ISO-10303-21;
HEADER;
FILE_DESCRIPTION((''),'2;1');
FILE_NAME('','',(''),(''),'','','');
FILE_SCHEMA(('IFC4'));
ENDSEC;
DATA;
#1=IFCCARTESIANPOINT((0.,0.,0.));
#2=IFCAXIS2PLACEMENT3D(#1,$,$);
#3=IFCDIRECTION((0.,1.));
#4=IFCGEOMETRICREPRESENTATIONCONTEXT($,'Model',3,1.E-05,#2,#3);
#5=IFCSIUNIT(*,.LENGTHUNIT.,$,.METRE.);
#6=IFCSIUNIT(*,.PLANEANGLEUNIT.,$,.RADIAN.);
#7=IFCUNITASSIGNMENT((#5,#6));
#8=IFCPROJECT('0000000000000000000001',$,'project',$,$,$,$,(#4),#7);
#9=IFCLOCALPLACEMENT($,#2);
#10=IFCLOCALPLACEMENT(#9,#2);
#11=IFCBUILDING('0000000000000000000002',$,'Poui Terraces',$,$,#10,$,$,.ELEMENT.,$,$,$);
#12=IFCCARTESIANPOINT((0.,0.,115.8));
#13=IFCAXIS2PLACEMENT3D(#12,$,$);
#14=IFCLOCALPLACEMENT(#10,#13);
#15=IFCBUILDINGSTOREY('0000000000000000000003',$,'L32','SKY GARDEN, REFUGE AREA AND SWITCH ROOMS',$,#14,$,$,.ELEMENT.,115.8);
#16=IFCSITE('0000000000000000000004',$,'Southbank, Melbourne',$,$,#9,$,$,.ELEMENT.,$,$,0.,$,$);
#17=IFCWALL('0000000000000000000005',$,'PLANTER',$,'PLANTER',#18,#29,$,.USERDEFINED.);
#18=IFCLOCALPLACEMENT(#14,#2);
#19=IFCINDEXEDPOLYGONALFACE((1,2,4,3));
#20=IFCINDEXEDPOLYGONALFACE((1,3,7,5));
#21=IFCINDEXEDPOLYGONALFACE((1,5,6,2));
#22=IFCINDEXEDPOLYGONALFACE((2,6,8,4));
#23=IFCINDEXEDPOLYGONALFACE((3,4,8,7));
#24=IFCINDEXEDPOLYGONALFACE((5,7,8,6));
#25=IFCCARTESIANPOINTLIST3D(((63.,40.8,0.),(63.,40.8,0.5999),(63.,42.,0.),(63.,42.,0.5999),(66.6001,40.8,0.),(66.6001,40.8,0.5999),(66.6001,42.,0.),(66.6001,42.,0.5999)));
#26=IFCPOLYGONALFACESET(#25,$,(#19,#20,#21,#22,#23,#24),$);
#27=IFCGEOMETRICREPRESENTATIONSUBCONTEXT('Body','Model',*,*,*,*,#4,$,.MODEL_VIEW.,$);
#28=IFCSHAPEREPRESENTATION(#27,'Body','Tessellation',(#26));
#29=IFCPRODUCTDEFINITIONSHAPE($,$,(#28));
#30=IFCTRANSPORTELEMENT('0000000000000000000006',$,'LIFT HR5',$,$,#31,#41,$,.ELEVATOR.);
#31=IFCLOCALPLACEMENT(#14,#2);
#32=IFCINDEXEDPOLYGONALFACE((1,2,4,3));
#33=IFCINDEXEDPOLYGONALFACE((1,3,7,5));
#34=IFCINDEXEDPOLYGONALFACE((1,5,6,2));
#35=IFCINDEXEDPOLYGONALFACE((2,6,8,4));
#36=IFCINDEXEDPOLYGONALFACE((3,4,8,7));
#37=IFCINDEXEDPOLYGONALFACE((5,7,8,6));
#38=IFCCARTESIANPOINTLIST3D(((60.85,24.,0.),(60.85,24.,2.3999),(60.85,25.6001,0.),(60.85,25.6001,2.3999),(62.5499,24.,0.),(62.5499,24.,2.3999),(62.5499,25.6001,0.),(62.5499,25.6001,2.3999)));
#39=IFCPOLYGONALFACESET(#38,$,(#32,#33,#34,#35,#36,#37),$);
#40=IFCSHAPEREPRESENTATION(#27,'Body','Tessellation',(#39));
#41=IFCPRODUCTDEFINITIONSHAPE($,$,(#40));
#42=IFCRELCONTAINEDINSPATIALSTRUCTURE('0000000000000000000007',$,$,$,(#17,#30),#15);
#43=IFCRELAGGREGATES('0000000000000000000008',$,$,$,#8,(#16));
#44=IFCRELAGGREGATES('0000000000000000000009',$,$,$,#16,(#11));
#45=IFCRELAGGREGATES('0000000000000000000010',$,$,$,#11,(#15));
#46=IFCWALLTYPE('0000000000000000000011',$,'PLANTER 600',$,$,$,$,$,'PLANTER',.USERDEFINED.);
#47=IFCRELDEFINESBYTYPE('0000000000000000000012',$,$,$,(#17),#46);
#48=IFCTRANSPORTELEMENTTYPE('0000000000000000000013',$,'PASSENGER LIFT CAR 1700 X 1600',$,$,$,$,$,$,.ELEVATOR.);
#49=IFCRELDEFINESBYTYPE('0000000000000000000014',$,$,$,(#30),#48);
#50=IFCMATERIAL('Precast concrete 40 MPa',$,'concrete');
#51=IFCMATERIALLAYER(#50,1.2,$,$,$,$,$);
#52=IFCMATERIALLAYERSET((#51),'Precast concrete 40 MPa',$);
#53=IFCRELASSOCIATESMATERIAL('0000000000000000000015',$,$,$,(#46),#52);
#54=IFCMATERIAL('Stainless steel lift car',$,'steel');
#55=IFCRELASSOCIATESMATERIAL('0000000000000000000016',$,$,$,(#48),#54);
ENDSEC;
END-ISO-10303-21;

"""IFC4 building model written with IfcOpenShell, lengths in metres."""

from ifc_helpers import new_model, si_unit, direction, frame, origin, origin_2d, place, context, subcontext, project, spatial, polyline, rectangle, outline, extrude, source, transform, mapped, material, layer, layer_set, type_object, element, save


model = new_model("IFC4")

# Units and contexts
model_context = context("Model", 3, precision=1e-05, world=origin(), true_north=direction((0.0, 1.0)))
body_context = subcontext(model_context, "Body", "Model", "MODEL_VIEW")
ifc_project = project(units=[si_unit("LENGTHUNIT", "METRE"), si_unit("PLANEANGLEUNIT", "RADIAN")], contexts=[model_context])

# Site, building, storey
site_placement = place(None, origin())
site = spatial("IfcSite", under=ifc_project, at=site_placement, Name="Southbank, Melbourne", CompositionType="ELEMENT", RefElevation=0.0)
building_placement = place(site_placement, origin())
building = spatial("IfcBuilding", under=site, at=building_placement, Name="Poui Terraces", CompositionType="ELEMENT")
storey_placement = place(building_placement, frame((0.0, 0.0, 115.8)))
storey = spatial("IfcBuildingStorey", under=building, at=storey_placement, Name="L32", Description="SKY GARDEN, REFUGE AREA AND SWITCH ROOMS", CompositionType="ELEMENT", Elevation=115.8)

# Wall
ifc_material_1 = material(Name="Precast concrete 40 MPa", Category="concrete")
ifc_layer_1 = layer(ifc_material_1, 1.2)
ifc_layer_set_1 = layer_set([ifc_layer_1], Name="Precast concrete 40 MPa")
wall_type_1 = type_object("IfcWallType", Name="PLANTER 600", ElementType="PLANTER", PredefinedType="USERDEFINED", material=ifc_layer_set_1)
shared_shape_1 = source(origin(), body_context, "Body", "SweptSolid", [
    extrude(outline(polyline([(0.0, 0.0), (3.6001, 0.0), (3.6001, 1.2), (0.0, 1.2), (0.0, 0.0)])), origin(), (0.0, 0.0, 1.0), 0.5999),
])
for number, where, name in (
    (1, (63.0, 40.8, 0.0), "PLANTER"),
):
    element("IfcWall", number, at=place(storey_placement, frame(where)), inside=storey, type_object=wall_type_1, Name=name, ObjectType="PLANTER", PredefinedType="USERDEFINED", context=body_context, shape_type="MappedRepresentation", body=[
        mapped(shared_shape_1, transform((0.0, 0.0, 0.0))),
    ])

# Transport element
ifc_material_2 = material(Name="Stainless steel lift car", Category="steel")
transport_element_type = type_object("IfcTransportElementType", Name="PASSENGER LIFT CAR 1700 X 1600", PredefinedType="ELEVATOR", material=ifc_material_2)
shared_shape_2 = source(origin(), body_context, "Body", "SweptSolid", [
    extrude(rectangle(XDim=1.7, YDim=1.6001, at=origin_2d()), origin(), (0.0, 0.0, 1.0), 2.3999),
])
transport_element_placement = place(storey_placement, frame((61.7, 24.8, 0.0), z_axis=(0.0, 0.0, 1.0), x_axis=(1.0, 0.0, 0.0)))
element("IfcTransportElement", 2, at=transport_element_placement, inside=storey, type_object=transport_element_type, Name="LIFT HR5", PredefinedType="ELEVATOR", context=body_context, shape_type="MappedRepresentation", body=[
    mapped(shared_shape_2, transform((0.0, 0.0, 0.0))),
])

save(model, "model.ifc")
